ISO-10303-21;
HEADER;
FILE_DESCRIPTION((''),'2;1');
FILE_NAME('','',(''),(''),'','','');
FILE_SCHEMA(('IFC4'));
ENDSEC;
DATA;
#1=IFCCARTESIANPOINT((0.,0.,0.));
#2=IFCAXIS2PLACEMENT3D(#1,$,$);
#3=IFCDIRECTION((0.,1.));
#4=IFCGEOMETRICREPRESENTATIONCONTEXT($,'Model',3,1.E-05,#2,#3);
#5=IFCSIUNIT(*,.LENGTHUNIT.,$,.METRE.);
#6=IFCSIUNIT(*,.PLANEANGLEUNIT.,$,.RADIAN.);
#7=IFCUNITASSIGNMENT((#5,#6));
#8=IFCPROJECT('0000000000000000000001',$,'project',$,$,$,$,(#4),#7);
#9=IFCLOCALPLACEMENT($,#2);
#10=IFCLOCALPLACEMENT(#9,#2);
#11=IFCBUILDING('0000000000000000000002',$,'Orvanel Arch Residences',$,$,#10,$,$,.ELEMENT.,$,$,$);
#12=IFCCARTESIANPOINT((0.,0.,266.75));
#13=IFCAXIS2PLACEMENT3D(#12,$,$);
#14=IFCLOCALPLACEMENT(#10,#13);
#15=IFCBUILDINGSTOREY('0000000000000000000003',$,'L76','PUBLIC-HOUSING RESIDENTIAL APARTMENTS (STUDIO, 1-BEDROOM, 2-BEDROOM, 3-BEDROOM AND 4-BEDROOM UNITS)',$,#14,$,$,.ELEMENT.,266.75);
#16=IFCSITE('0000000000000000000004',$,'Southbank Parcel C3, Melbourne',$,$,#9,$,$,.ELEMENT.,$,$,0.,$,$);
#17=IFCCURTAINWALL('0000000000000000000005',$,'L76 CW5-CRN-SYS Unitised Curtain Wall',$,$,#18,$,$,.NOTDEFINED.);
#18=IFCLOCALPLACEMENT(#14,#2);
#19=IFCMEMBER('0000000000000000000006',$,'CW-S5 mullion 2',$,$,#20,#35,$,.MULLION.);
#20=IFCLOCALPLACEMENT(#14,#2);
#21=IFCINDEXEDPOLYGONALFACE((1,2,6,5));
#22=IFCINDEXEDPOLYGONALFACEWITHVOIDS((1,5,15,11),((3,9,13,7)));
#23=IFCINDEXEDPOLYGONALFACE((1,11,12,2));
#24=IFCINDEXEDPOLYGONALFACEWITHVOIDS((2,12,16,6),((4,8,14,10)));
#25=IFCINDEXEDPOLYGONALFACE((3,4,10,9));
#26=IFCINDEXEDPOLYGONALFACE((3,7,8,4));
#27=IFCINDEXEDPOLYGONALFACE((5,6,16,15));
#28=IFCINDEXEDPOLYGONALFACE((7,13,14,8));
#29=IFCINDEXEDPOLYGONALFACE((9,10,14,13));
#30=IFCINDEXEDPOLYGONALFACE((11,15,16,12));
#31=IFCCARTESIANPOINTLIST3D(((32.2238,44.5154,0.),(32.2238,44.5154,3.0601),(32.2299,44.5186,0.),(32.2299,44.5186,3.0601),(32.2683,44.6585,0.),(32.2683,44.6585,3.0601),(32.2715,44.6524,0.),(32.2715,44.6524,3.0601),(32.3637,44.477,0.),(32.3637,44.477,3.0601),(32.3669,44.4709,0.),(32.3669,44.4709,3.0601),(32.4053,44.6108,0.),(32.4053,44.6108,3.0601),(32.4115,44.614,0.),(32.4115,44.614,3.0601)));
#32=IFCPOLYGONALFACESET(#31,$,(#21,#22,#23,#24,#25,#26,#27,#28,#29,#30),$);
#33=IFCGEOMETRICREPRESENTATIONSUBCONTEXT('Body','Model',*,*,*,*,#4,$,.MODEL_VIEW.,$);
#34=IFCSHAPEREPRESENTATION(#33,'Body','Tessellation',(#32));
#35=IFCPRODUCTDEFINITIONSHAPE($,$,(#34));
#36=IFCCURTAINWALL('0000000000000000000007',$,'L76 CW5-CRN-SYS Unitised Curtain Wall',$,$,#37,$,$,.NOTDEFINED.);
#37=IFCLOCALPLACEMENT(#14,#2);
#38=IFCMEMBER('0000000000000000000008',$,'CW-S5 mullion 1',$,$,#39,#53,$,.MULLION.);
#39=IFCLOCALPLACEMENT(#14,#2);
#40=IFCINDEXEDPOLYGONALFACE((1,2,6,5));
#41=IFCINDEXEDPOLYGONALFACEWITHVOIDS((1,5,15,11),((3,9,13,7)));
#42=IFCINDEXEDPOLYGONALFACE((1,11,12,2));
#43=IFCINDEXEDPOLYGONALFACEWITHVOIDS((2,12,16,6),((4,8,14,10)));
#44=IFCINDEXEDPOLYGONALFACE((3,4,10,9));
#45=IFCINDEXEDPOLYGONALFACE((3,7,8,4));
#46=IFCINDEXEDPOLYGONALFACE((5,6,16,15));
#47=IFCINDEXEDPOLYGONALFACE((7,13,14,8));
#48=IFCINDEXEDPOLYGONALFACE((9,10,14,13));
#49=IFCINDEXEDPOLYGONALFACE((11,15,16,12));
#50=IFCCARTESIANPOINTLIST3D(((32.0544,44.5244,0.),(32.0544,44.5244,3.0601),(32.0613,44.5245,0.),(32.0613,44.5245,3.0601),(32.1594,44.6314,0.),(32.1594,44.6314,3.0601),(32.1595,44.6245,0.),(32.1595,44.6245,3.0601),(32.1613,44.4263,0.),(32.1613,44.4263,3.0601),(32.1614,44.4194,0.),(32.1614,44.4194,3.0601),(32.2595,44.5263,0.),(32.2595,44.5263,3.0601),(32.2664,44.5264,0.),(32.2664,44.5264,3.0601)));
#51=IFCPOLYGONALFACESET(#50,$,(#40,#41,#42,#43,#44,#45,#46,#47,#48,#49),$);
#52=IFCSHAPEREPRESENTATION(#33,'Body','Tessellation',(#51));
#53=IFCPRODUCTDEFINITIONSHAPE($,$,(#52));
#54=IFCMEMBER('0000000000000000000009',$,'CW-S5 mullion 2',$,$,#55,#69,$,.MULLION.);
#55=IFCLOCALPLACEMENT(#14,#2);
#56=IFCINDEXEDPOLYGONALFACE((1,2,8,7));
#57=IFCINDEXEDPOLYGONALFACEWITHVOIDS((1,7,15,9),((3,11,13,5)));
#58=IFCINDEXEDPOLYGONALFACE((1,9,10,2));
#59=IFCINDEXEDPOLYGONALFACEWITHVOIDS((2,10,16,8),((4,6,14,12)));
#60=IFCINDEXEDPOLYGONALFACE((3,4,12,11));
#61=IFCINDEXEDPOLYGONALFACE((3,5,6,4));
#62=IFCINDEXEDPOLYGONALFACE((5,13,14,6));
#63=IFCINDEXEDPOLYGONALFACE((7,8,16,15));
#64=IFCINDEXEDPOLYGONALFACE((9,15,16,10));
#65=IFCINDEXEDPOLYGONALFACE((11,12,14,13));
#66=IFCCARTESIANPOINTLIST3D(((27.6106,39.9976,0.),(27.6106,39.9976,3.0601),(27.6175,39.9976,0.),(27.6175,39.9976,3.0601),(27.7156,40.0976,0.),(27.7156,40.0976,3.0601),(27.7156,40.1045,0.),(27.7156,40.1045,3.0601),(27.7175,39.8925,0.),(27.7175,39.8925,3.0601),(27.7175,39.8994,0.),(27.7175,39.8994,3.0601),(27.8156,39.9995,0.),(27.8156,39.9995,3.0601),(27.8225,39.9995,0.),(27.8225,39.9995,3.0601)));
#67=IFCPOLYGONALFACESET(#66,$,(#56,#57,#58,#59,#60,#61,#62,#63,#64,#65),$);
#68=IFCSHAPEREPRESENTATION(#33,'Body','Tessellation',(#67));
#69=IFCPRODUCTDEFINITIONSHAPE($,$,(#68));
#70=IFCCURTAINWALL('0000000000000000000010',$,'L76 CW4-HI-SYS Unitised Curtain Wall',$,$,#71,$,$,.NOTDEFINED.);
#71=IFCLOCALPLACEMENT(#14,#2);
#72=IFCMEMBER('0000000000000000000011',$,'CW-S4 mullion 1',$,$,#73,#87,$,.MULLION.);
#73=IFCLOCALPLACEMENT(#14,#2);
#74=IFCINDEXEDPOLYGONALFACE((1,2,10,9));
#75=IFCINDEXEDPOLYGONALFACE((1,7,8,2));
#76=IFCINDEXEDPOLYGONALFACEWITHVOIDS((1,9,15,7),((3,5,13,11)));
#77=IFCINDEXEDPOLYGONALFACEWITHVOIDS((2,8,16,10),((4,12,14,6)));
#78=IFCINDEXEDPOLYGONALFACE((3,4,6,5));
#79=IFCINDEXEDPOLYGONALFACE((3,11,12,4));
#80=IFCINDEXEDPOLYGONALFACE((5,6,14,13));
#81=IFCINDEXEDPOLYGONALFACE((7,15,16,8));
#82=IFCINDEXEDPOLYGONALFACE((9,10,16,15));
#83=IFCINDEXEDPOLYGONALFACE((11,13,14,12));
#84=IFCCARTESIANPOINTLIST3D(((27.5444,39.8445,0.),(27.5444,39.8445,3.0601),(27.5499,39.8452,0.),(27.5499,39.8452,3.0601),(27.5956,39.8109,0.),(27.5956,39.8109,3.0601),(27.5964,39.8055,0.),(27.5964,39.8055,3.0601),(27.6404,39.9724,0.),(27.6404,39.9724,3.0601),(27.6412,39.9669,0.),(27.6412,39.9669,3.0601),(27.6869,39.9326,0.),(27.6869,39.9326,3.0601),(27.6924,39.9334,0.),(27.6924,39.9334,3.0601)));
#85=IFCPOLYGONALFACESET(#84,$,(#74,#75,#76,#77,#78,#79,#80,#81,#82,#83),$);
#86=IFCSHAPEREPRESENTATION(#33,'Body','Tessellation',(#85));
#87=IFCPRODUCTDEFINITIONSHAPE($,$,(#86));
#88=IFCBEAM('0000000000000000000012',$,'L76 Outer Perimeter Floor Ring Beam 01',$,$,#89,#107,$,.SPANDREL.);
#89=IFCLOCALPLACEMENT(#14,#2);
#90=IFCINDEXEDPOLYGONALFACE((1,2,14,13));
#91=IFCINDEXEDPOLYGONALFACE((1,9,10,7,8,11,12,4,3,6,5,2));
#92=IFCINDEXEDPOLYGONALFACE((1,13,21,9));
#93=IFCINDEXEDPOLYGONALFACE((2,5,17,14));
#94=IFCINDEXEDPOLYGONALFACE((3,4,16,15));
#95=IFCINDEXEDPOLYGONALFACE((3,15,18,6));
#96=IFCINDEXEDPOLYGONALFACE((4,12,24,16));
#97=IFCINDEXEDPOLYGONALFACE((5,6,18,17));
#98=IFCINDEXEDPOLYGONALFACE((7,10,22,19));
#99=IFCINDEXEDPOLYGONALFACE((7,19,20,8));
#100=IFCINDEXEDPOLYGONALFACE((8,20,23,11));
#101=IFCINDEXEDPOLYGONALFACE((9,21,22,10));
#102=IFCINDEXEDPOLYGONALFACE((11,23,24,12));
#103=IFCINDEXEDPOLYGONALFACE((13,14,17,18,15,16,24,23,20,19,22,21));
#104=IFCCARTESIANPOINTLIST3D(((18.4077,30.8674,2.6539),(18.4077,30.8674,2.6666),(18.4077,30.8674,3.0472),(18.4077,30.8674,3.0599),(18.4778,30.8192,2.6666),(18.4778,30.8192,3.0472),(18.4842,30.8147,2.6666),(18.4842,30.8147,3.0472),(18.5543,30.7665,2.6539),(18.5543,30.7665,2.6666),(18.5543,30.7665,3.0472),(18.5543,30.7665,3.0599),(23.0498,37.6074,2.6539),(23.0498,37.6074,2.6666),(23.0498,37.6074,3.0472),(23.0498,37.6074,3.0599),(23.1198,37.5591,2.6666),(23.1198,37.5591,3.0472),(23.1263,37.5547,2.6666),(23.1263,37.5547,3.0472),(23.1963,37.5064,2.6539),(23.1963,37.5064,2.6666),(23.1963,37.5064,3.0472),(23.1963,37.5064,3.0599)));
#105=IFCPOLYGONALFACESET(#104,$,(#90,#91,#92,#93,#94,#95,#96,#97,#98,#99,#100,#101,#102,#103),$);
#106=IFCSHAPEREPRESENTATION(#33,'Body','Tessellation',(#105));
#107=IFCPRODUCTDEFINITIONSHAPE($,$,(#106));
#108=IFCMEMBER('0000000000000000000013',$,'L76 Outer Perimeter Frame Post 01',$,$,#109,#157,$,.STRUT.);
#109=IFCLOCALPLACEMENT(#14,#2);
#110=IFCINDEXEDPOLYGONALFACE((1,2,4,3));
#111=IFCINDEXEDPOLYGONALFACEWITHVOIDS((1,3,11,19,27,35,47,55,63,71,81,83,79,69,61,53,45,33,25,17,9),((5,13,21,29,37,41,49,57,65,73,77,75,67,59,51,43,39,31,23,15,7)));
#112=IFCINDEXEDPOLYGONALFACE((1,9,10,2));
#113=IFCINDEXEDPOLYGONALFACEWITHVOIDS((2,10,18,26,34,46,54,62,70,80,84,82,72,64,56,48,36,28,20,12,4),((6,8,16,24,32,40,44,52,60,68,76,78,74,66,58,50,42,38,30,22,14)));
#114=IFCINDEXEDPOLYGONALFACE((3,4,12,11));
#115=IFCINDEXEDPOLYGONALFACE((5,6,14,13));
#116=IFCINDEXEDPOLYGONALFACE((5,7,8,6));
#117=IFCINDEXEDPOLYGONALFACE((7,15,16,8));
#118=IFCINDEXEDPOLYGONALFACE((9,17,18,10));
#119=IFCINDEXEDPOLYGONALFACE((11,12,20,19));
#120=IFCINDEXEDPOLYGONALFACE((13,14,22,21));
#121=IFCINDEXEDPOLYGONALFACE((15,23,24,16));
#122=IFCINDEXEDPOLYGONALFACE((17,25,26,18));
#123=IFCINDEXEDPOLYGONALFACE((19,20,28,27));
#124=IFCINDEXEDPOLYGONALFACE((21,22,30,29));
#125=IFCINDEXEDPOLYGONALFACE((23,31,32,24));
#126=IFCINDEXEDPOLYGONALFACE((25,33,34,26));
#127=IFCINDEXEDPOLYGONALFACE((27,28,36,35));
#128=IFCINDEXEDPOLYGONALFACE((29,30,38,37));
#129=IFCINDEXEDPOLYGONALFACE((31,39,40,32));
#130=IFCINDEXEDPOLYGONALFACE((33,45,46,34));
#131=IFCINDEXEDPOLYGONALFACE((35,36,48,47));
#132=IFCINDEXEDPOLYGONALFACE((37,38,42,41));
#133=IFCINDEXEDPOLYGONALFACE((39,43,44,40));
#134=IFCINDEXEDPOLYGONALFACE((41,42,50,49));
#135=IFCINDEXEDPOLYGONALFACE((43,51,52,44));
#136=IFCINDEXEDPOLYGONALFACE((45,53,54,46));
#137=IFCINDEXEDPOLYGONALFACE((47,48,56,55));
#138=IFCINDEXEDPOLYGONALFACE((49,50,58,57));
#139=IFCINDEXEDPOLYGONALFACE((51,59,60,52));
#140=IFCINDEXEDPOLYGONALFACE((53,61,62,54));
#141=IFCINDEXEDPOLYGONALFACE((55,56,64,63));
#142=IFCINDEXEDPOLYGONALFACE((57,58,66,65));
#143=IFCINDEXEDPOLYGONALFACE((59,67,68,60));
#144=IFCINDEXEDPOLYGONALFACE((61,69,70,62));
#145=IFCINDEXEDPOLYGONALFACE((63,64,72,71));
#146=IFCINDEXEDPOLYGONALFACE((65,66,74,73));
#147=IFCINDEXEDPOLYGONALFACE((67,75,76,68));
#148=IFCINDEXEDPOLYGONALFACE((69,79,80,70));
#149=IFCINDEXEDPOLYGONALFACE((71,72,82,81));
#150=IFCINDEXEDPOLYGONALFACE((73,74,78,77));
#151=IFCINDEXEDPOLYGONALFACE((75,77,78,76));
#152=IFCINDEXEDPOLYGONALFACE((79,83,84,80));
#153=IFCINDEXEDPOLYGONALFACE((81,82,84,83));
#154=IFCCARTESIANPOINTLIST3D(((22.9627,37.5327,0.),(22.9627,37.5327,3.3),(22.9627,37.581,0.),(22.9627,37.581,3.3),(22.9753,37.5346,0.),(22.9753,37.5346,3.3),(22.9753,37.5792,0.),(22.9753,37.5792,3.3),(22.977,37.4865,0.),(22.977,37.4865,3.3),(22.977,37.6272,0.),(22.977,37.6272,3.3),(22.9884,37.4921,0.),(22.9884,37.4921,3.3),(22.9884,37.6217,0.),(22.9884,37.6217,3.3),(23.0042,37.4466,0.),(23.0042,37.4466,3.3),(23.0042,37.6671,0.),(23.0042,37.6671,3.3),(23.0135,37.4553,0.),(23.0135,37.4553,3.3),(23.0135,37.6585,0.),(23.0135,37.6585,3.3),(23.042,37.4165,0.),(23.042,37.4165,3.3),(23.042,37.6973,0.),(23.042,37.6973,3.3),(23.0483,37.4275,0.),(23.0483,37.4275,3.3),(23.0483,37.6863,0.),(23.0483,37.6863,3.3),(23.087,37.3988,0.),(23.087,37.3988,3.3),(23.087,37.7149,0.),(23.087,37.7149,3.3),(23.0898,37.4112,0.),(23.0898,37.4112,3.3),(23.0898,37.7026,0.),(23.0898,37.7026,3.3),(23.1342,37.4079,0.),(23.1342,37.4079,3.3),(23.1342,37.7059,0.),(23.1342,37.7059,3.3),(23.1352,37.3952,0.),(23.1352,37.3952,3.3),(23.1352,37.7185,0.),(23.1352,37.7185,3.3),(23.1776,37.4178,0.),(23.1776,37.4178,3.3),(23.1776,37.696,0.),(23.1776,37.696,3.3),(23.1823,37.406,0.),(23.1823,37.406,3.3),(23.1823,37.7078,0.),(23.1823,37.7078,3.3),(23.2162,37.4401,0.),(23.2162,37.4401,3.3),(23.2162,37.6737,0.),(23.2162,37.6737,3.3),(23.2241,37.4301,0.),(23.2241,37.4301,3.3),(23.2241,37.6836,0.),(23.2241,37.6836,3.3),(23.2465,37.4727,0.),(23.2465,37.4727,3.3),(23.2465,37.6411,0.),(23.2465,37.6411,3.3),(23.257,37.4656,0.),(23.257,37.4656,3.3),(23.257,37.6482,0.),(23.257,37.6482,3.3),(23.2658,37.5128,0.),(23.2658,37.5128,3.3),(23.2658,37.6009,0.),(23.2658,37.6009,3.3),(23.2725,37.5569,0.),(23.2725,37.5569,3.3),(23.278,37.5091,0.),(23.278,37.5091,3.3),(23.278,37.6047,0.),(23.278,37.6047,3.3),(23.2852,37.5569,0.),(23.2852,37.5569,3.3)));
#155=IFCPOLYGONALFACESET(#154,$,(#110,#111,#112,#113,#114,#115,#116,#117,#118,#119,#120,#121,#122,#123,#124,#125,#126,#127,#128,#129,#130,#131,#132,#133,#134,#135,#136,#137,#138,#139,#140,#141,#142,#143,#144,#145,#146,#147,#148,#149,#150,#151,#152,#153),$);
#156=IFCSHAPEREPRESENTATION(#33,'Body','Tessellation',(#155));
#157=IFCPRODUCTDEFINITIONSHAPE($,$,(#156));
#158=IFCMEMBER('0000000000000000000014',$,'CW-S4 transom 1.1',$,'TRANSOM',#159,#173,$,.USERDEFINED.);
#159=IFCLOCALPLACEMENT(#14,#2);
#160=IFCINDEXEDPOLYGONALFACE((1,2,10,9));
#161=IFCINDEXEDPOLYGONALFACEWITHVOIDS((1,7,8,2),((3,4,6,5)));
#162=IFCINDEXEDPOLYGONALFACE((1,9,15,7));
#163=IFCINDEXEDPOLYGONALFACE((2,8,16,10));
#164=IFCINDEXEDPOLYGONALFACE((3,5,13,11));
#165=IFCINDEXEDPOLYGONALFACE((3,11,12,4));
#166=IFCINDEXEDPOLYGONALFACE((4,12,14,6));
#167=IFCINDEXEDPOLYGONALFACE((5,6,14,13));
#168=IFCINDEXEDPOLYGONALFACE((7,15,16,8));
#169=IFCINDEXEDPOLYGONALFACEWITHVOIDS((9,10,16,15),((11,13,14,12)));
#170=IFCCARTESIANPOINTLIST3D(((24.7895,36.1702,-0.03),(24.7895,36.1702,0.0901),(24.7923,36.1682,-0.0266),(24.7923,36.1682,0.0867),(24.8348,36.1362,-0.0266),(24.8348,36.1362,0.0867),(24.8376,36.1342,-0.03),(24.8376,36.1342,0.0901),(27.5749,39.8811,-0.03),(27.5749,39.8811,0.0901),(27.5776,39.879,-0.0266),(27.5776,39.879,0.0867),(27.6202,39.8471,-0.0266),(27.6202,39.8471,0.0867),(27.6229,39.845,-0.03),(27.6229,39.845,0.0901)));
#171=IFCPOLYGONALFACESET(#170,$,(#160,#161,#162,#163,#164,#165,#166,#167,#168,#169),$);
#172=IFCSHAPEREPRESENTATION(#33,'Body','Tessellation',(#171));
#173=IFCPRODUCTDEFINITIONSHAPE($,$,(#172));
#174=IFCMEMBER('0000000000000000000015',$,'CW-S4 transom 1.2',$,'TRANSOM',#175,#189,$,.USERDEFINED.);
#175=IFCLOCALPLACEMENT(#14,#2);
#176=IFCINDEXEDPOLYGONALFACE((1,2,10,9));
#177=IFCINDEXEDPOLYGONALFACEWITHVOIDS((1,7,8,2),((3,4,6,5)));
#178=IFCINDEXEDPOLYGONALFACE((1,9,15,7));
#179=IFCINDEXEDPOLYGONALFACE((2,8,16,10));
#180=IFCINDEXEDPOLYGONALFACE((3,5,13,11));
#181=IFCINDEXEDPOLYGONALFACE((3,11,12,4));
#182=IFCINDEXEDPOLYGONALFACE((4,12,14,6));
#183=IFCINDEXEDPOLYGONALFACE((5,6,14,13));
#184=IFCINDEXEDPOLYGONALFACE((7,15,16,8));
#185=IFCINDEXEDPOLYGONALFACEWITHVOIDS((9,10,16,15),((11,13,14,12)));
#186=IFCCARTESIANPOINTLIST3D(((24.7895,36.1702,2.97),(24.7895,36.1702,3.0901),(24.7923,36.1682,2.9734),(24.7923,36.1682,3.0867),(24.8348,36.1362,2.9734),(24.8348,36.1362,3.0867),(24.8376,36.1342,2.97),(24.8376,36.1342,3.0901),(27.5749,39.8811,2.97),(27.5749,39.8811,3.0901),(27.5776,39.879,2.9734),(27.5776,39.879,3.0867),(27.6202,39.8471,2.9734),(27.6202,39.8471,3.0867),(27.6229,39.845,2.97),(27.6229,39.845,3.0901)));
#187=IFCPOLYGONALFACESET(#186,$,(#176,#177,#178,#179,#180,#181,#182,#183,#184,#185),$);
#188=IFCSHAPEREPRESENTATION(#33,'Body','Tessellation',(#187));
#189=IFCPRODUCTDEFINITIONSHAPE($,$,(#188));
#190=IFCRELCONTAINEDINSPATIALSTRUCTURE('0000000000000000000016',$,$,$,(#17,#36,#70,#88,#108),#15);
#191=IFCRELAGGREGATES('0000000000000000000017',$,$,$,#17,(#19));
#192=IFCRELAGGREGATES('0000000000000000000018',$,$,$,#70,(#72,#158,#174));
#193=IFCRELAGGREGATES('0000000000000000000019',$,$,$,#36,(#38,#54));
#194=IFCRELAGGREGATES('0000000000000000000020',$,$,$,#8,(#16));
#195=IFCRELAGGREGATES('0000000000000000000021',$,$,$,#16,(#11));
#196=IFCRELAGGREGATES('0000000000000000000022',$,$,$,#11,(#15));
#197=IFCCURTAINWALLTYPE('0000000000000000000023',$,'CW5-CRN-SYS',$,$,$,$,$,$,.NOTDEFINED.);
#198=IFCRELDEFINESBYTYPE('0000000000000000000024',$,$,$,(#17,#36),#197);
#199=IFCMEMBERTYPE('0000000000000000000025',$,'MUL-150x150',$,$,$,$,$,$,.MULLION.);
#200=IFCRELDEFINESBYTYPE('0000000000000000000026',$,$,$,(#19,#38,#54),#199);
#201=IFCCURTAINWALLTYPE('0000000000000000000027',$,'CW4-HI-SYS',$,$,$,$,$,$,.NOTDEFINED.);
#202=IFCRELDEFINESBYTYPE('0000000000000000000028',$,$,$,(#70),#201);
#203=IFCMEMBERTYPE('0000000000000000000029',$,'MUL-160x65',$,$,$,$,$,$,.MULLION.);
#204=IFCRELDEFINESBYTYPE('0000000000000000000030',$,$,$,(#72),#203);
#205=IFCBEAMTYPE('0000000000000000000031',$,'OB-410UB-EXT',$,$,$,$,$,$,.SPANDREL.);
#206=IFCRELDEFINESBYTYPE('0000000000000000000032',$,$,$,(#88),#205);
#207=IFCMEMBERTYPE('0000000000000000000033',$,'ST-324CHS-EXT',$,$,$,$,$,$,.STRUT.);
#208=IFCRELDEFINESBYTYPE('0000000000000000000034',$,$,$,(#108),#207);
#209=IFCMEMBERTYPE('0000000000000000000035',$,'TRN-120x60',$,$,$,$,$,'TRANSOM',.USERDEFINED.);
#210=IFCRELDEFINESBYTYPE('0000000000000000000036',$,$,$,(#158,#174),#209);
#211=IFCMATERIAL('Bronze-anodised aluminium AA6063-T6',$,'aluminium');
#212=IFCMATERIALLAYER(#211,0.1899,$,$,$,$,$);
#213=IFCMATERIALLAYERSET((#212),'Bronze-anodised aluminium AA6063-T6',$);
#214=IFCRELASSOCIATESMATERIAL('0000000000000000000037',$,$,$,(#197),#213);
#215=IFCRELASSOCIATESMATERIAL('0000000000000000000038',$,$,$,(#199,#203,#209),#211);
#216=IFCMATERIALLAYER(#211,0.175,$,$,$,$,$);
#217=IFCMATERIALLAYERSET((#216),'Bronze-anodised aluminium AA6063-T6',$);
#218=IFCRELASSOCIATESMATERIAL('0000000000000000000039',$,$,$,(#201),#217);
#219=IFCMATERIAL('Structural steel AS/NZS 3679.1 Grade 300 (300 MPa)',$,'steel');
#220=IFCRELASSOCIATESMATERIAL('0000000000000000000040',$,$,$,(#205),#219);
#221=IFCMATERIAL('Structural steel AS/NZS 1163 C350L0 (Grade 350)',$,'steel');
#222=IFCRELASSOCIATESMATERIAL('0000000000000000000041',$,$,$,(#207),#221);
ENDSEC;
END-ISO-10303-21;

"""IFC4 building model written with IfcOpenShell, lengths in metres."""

from ifc_helpers import new_model, si_unit, direction, frame, origin, origin_2d, place, context, subcontext, project, spatial, hollow_rectangle, hollow_circle, i_section, extrude, material, layer, layer_set, material_profile, profile_set, type_object, element, aggregate, save


model = new_model("IFC4")

# Units and contexts
model_context = context("Model", 3, precision=1e-05, world=origin(), true_north=direction((0.0, 1.0)))
body_context = subcontext(model_context, "Body", "Model", "MODEL_VIEW")
ifc_project = project(units=[si_unit("LENGTHUNIT", "METRE"), si_unit("PLANEANGLEUNIT", "RADIAN")], contexts=[model_context])

# Site, building, storey
site_placement = place(None, origin())
site = spatial("IfcSite", under=ifc_project, at=site_placement, Name="Southbank Parcel C3, Melbourne", CompositionType="ELEMENT", RefElevation=0.0)
building_placement = place(site_placement, origin())
building = spatial("IfcBuilding", under=site, at=building_placement, Name="Orvanel Arch Residences", CompositionType="ELEMENT")
storey_placement = place(building_placement, frame((0.0, 0.0, 266.75)))
storey = spatial("IfcBuildingStorey", under=building, at=storey_placement, Name="L76", Description="PUBLIC-HOUSING RESIDENTIAL APARTMENTS (STUDIO, 1-BEDROOM, 2-BEDROOM, 3-BEDROOM AND 4-BEDROOM UNITS)", CompositionType="ELEMENT", Elevation=266.75)

# Curtain wall, member
ifc_material_1 = material(Name="Bronze-anodised aluminium AA6063-T6", Category="aluminium")
ifc_layer_1 = layer(ifc_material_1, 0.1899)
ifc_layer_set_1 = layer_set([ifc_layer_1], Name="Bronze-anodised aluminium AA6063-T6")
curtain_wall_type_1 = type_object("IfcCurtainWallType", Name="CW5-CRN-SYS", PredefinedType="NOTDEFINED", material=ifc_layer_set_1)
curtain_wall_1_placement = place(storey_placement, origin())
curtain_wall_1 = element("IfcCurtainWall", 1, at=curtain_wall_1_placement, inside=storey, type_object=curtain_wall_type_1, Name="L76 CW5-CRN-SYS Unitised Curtain Wall", PredefinedType="NOTDEFINED")
ifc_material_profile_1 = material_profile(ifc_material_1, hollow_rectangle(XDim=0.1499, YDim=0.1499, WallThickness=0.0049, at=origin_2d()), Name="ALU150x150x5")
ifc_profile_set_1 = profile_set([ifc_material_profile_1], Name="Bronze-anodised aluminium AA6063-T6")
member_type_1 = type_object("IfcMemberType", Name="MUL-150x150", PredefinedType="MULLION", material=ifc_profile_set_1)
member_1_placement = place(storey_placement, frame((32.3176, 44.5647, 0.0), z_axis=(0.0, 0.0, 1.0), x_axis=(-0.29694, -0.954896, 0.0)))
member_1 = element("IfcMember", 2, at=member_1_placement, type_object=member_type_1, Name="CW-S5 mullion 2", PredefinedType="MULLION", context=body_context, shape_type="SweptSolid", body=[
    extrude(hollow_rectangle(XDim=0.1499, YDim=0.1499, WallThickness=0.0049, at=origin_2d()), origin(), (0.0, 0.0, 1.0), 3.0601),
])
aggregate(curtain_wall_1, [member_1])

# Curtain wall, members
curtain_wall_2_placement = place(storey_placement, origin())
curtain_wall_2 = element("IfcCurtainWall", 3, at=curtain_wall_2_placement, inside=storey, type_object=curtain_wall_type_1, Name="L76 CW5-CRN-SYS Unitised Curtain Wall", PredefinedType="NOTDEFINED")
member_2_placement = place(storey_placement, frame((32.1604, 44.5254, 0.0), z_axis=(0.0, 0.0, 1.0), x_axis=(0.713621, -0.700532, 0.0)))
member_2 = element("IfcMember", 4, at=member_2_placement, type_object=member_type_1, Name="CW-S5 mullion 1", PredefinedType="MULLION", context=body_context, shape_type="SweptSolid", body=[
    extrude(hollow_rectangle(XDim=0.1499, YDim=0.1499, WallThickness=0.0049, at=origin_2d()), origin(), (0.0, 0.0, 1.0), 3.0601),
])
member_3_placement = place(storey_placement, frame((27.7166, 39.9985, 0.0), z_axis=(0.0, 0.0, 1.0), x_axis=(0.713621, -0.700532, 0.0)))
member_3 = element("IfcMember", 5, at=member_3_placement, type_object=member_type_1, Name="CW-S5 mullion 2", PredefinedType="MULLION", context=body_context, shape_type="SweptSolid", body=[
    extrude(hollow_rectangle(XDim=0.1499, YDim=0.1499, WallThickness=0.0049, at=origin_2d()), origin(), (0.0, 0.0, 1.0), 3.0601),
])

# Curtain wall, member
ifc_layer_2 = layer(ifc_material_1, 0.175)
ifc_layer_set_2 = layer_set([ifc_layer_2], Name="Bronze-anodised aluminium AA6063-T6")
curtain_wall_type_2 = type_object("IfcCurtainWallType", Name="CW4-HI-SYS", PredefinedType="NOTDEFINED", material=ifc_layer_set_2)
curtain_wall_3_placement = place(storey_placement, origin())
curtain_wall_3 = element("IfcCurtainWall", 6, at=curtain_wall_3_placement, inside=storey, type_object=curtain_wall_type_2, Name="L76 CW4-HI-SYS Unitised Curtain Wall", PredefinedType="NOTDEFINED")
ifc_material_profile_2 = material_profile(ifc_material_1, hollow_rectangle(XDim=0.0649, YDim=0.1599, WallThickness=0.0039, at=origin_2d()), Name="ALU160x65x4")
ifc_profile_set_2 = profile_set([ifc_material_profile_2], Name="Bronze-anodised aluminium AA6063-T6")
member_type_2 = type_object("IfcMemberType", Name="MUL-160x65", PredefinedType="MULLION", material=ifc_profile_set_2)
member_4_placement = place(storey_placement, frame((27.6184, 39.8889, 0.0), z_axis=(0.0, 0.0, 1.0), x_axis=(0.799772, -0.600304, 0.0)))
member_4 = element("IfcMember", 7, at=member_4_placement, type_object=member_type_2, Name="CW-S4 mullion 1", PredefinedType="MULLION", context=body_context, shape_type="SweptSolid", body=[
    extrude(hollow_rectangle(XDim=0.0649, YDim=0.1599, WallThickness=0.0039, at=origin_2d()), origin(), (0.0, 0.0, 1.0), 3.0601),
])

# Beam
ifc_material_2 = material(Name="Structural steel AS/NZS 3679.1 Grade 300 (300 MPa)", Category="steel")
ifc_material_profile_3 = material_profile(ifc_material_2, i_section(OverallWidth=0.178, OverallDepth=0.406, WebThickness=0.0078, FlangeThickness=0.0127, at=origin_2d()), Name="410UB59.7")
ifc_profile_set_3 = profile_set([ifc_material_profile_3], Name="Structural steel AS/NZS 3679.1 Grade 300 (300 MPa)")
beam_type = type_object("IfcBeamType", Name="OB-410UB-EXT", PredefinedType="SPANDREL", material=ifc_profile_set_3)
beam_placement = place(storey_placement, frame((23.123, 37.5569, 2.8569), z_axis=(-0.567221, -0.823566, 0.0), x_axis=(0.823566, -0.567221, 0.0)))
element("IfcBeam", 8, at=beam_placement, inside=storey, type_object=beam_type, Name="L76 Outer Perimeter Floor Ring Beam 01", PredefinedType="SPANDREL", context=body_context, shape_type="SweptSolid", body=[
    extrude(i_section(OverallWidth=0.178, OverallDepth=0.406, WebThickness=0.0078, FlangeThickness=0.0127, at=origin_2d()), origin(), (0.0, 0.0, 1.0), 8.1838),
])

# Members
ifc_material_3 = material(Name="Structural steel AS/NZS 1163 C350L0 (Grade 350)", Category="steel")
ifc_material_profile_4 = material_profile(ifc_material_3, hollow_circle(Radius=0.1621, WallThickness=0.0127, at=origin_2d()), Name="CHS324x12.7")
ifc_profile_set_4 = profile_set([ifc_material_profile_4], Name="Structural steel AS/NZS 1163 C350L0 (Grade 350)")
member_type_3 = type_object("IfcMemberType", Name="ST-324CHS-EXT", PredefinedType="STRUT", material=ifc_profile_set_4)
member_5_placement = place(storey_placement, frame((23.123, 37.5569, 0.0), z_axis=(0.0, 0.0, 1.0), x_axis=(1.0, 0.0, 0.0)))
element("IfcMember", 9, at=member_5_placement, inside=storey, type_object=member_type_3, Name="L76 Outer Perimeter Frame Post 01", PredefinedType="STRUT", context=body_context, shape_type="SweptSolid", body=[
    extrude(hollow_circle(Radius=0.1621, WallThickness=0.0127, at=origin_2d()), origin(), (0.0, 0.0, 1.0), 3.3),
])
ifc_material_profile_5 = material_profile(ifc_material_1, hollow_rectangle(XDim=0.0601, YDim=0.1201, WallThickness=0.0034, at=origin_2d()), Name="ALU120x60x3.5")
ifc_profile_set_5 = profile_set([ifc_material_profile_5], Name="Bronze-anodised aluminium AA6063-T6")
member_type_4 = type_object("IfcMemberType", Name="TRN-120x60", ElementType="TRANSOM", PredefinedType="USERDEFINED", material=ifc_profile_set_5)
member_6_placement = place(storey_placement, frame((27.5989, 39.863, 0.03), z_axis=(-0.600303, -0.799773, 0.0), x_axis=(0.799773, -0.600303, 0.0)))
member_6 = element("IfcMember", 10, at=member_6_placement, type_object=member_type_4, Name="CW-S4 transom 1.1", ObjectType="TRANSOM", PredefinedType="USERDEFINED", context=body_context, shape_type="SweptSolid", body=[
    extrude(hollow_rectangle(XDim=0.0601, YDim=0.1201, WallThickness=0.0034, at=origin_2d()), origin(), (0.0, 0.0, 1.0), 4.6399),
])
member_7_placement = place(storey_placement, frame((27.5989, 39.863, 3.03), z_axis=(-0.600303, -0.799773, 0.0), x_axis=(0.799773, -0.600303, 0.0)))
member_7 = element("IfcMember", 11, at=member_7_placement, type_object=member_type_4, Name="CW-S4 transom 1.2", ObjectType="TRANSOM", PredefinedType="USERDEFINED", context=body_context, shape_type="SweptSolid", body=[
    extrude(hollow_rectangle(XDim=0.0601, YDim=0.1201, WallThickness=0.0034, at=origin_2d()), origin(), (0.0, 0.0, 1.0), 4.6399),
])

aggregate(curtain_wall_3, [member_4, member_6, member_7])
aggregate(curtain_wall_2, [member_2, member_3])

save(model, "model.ifc")
